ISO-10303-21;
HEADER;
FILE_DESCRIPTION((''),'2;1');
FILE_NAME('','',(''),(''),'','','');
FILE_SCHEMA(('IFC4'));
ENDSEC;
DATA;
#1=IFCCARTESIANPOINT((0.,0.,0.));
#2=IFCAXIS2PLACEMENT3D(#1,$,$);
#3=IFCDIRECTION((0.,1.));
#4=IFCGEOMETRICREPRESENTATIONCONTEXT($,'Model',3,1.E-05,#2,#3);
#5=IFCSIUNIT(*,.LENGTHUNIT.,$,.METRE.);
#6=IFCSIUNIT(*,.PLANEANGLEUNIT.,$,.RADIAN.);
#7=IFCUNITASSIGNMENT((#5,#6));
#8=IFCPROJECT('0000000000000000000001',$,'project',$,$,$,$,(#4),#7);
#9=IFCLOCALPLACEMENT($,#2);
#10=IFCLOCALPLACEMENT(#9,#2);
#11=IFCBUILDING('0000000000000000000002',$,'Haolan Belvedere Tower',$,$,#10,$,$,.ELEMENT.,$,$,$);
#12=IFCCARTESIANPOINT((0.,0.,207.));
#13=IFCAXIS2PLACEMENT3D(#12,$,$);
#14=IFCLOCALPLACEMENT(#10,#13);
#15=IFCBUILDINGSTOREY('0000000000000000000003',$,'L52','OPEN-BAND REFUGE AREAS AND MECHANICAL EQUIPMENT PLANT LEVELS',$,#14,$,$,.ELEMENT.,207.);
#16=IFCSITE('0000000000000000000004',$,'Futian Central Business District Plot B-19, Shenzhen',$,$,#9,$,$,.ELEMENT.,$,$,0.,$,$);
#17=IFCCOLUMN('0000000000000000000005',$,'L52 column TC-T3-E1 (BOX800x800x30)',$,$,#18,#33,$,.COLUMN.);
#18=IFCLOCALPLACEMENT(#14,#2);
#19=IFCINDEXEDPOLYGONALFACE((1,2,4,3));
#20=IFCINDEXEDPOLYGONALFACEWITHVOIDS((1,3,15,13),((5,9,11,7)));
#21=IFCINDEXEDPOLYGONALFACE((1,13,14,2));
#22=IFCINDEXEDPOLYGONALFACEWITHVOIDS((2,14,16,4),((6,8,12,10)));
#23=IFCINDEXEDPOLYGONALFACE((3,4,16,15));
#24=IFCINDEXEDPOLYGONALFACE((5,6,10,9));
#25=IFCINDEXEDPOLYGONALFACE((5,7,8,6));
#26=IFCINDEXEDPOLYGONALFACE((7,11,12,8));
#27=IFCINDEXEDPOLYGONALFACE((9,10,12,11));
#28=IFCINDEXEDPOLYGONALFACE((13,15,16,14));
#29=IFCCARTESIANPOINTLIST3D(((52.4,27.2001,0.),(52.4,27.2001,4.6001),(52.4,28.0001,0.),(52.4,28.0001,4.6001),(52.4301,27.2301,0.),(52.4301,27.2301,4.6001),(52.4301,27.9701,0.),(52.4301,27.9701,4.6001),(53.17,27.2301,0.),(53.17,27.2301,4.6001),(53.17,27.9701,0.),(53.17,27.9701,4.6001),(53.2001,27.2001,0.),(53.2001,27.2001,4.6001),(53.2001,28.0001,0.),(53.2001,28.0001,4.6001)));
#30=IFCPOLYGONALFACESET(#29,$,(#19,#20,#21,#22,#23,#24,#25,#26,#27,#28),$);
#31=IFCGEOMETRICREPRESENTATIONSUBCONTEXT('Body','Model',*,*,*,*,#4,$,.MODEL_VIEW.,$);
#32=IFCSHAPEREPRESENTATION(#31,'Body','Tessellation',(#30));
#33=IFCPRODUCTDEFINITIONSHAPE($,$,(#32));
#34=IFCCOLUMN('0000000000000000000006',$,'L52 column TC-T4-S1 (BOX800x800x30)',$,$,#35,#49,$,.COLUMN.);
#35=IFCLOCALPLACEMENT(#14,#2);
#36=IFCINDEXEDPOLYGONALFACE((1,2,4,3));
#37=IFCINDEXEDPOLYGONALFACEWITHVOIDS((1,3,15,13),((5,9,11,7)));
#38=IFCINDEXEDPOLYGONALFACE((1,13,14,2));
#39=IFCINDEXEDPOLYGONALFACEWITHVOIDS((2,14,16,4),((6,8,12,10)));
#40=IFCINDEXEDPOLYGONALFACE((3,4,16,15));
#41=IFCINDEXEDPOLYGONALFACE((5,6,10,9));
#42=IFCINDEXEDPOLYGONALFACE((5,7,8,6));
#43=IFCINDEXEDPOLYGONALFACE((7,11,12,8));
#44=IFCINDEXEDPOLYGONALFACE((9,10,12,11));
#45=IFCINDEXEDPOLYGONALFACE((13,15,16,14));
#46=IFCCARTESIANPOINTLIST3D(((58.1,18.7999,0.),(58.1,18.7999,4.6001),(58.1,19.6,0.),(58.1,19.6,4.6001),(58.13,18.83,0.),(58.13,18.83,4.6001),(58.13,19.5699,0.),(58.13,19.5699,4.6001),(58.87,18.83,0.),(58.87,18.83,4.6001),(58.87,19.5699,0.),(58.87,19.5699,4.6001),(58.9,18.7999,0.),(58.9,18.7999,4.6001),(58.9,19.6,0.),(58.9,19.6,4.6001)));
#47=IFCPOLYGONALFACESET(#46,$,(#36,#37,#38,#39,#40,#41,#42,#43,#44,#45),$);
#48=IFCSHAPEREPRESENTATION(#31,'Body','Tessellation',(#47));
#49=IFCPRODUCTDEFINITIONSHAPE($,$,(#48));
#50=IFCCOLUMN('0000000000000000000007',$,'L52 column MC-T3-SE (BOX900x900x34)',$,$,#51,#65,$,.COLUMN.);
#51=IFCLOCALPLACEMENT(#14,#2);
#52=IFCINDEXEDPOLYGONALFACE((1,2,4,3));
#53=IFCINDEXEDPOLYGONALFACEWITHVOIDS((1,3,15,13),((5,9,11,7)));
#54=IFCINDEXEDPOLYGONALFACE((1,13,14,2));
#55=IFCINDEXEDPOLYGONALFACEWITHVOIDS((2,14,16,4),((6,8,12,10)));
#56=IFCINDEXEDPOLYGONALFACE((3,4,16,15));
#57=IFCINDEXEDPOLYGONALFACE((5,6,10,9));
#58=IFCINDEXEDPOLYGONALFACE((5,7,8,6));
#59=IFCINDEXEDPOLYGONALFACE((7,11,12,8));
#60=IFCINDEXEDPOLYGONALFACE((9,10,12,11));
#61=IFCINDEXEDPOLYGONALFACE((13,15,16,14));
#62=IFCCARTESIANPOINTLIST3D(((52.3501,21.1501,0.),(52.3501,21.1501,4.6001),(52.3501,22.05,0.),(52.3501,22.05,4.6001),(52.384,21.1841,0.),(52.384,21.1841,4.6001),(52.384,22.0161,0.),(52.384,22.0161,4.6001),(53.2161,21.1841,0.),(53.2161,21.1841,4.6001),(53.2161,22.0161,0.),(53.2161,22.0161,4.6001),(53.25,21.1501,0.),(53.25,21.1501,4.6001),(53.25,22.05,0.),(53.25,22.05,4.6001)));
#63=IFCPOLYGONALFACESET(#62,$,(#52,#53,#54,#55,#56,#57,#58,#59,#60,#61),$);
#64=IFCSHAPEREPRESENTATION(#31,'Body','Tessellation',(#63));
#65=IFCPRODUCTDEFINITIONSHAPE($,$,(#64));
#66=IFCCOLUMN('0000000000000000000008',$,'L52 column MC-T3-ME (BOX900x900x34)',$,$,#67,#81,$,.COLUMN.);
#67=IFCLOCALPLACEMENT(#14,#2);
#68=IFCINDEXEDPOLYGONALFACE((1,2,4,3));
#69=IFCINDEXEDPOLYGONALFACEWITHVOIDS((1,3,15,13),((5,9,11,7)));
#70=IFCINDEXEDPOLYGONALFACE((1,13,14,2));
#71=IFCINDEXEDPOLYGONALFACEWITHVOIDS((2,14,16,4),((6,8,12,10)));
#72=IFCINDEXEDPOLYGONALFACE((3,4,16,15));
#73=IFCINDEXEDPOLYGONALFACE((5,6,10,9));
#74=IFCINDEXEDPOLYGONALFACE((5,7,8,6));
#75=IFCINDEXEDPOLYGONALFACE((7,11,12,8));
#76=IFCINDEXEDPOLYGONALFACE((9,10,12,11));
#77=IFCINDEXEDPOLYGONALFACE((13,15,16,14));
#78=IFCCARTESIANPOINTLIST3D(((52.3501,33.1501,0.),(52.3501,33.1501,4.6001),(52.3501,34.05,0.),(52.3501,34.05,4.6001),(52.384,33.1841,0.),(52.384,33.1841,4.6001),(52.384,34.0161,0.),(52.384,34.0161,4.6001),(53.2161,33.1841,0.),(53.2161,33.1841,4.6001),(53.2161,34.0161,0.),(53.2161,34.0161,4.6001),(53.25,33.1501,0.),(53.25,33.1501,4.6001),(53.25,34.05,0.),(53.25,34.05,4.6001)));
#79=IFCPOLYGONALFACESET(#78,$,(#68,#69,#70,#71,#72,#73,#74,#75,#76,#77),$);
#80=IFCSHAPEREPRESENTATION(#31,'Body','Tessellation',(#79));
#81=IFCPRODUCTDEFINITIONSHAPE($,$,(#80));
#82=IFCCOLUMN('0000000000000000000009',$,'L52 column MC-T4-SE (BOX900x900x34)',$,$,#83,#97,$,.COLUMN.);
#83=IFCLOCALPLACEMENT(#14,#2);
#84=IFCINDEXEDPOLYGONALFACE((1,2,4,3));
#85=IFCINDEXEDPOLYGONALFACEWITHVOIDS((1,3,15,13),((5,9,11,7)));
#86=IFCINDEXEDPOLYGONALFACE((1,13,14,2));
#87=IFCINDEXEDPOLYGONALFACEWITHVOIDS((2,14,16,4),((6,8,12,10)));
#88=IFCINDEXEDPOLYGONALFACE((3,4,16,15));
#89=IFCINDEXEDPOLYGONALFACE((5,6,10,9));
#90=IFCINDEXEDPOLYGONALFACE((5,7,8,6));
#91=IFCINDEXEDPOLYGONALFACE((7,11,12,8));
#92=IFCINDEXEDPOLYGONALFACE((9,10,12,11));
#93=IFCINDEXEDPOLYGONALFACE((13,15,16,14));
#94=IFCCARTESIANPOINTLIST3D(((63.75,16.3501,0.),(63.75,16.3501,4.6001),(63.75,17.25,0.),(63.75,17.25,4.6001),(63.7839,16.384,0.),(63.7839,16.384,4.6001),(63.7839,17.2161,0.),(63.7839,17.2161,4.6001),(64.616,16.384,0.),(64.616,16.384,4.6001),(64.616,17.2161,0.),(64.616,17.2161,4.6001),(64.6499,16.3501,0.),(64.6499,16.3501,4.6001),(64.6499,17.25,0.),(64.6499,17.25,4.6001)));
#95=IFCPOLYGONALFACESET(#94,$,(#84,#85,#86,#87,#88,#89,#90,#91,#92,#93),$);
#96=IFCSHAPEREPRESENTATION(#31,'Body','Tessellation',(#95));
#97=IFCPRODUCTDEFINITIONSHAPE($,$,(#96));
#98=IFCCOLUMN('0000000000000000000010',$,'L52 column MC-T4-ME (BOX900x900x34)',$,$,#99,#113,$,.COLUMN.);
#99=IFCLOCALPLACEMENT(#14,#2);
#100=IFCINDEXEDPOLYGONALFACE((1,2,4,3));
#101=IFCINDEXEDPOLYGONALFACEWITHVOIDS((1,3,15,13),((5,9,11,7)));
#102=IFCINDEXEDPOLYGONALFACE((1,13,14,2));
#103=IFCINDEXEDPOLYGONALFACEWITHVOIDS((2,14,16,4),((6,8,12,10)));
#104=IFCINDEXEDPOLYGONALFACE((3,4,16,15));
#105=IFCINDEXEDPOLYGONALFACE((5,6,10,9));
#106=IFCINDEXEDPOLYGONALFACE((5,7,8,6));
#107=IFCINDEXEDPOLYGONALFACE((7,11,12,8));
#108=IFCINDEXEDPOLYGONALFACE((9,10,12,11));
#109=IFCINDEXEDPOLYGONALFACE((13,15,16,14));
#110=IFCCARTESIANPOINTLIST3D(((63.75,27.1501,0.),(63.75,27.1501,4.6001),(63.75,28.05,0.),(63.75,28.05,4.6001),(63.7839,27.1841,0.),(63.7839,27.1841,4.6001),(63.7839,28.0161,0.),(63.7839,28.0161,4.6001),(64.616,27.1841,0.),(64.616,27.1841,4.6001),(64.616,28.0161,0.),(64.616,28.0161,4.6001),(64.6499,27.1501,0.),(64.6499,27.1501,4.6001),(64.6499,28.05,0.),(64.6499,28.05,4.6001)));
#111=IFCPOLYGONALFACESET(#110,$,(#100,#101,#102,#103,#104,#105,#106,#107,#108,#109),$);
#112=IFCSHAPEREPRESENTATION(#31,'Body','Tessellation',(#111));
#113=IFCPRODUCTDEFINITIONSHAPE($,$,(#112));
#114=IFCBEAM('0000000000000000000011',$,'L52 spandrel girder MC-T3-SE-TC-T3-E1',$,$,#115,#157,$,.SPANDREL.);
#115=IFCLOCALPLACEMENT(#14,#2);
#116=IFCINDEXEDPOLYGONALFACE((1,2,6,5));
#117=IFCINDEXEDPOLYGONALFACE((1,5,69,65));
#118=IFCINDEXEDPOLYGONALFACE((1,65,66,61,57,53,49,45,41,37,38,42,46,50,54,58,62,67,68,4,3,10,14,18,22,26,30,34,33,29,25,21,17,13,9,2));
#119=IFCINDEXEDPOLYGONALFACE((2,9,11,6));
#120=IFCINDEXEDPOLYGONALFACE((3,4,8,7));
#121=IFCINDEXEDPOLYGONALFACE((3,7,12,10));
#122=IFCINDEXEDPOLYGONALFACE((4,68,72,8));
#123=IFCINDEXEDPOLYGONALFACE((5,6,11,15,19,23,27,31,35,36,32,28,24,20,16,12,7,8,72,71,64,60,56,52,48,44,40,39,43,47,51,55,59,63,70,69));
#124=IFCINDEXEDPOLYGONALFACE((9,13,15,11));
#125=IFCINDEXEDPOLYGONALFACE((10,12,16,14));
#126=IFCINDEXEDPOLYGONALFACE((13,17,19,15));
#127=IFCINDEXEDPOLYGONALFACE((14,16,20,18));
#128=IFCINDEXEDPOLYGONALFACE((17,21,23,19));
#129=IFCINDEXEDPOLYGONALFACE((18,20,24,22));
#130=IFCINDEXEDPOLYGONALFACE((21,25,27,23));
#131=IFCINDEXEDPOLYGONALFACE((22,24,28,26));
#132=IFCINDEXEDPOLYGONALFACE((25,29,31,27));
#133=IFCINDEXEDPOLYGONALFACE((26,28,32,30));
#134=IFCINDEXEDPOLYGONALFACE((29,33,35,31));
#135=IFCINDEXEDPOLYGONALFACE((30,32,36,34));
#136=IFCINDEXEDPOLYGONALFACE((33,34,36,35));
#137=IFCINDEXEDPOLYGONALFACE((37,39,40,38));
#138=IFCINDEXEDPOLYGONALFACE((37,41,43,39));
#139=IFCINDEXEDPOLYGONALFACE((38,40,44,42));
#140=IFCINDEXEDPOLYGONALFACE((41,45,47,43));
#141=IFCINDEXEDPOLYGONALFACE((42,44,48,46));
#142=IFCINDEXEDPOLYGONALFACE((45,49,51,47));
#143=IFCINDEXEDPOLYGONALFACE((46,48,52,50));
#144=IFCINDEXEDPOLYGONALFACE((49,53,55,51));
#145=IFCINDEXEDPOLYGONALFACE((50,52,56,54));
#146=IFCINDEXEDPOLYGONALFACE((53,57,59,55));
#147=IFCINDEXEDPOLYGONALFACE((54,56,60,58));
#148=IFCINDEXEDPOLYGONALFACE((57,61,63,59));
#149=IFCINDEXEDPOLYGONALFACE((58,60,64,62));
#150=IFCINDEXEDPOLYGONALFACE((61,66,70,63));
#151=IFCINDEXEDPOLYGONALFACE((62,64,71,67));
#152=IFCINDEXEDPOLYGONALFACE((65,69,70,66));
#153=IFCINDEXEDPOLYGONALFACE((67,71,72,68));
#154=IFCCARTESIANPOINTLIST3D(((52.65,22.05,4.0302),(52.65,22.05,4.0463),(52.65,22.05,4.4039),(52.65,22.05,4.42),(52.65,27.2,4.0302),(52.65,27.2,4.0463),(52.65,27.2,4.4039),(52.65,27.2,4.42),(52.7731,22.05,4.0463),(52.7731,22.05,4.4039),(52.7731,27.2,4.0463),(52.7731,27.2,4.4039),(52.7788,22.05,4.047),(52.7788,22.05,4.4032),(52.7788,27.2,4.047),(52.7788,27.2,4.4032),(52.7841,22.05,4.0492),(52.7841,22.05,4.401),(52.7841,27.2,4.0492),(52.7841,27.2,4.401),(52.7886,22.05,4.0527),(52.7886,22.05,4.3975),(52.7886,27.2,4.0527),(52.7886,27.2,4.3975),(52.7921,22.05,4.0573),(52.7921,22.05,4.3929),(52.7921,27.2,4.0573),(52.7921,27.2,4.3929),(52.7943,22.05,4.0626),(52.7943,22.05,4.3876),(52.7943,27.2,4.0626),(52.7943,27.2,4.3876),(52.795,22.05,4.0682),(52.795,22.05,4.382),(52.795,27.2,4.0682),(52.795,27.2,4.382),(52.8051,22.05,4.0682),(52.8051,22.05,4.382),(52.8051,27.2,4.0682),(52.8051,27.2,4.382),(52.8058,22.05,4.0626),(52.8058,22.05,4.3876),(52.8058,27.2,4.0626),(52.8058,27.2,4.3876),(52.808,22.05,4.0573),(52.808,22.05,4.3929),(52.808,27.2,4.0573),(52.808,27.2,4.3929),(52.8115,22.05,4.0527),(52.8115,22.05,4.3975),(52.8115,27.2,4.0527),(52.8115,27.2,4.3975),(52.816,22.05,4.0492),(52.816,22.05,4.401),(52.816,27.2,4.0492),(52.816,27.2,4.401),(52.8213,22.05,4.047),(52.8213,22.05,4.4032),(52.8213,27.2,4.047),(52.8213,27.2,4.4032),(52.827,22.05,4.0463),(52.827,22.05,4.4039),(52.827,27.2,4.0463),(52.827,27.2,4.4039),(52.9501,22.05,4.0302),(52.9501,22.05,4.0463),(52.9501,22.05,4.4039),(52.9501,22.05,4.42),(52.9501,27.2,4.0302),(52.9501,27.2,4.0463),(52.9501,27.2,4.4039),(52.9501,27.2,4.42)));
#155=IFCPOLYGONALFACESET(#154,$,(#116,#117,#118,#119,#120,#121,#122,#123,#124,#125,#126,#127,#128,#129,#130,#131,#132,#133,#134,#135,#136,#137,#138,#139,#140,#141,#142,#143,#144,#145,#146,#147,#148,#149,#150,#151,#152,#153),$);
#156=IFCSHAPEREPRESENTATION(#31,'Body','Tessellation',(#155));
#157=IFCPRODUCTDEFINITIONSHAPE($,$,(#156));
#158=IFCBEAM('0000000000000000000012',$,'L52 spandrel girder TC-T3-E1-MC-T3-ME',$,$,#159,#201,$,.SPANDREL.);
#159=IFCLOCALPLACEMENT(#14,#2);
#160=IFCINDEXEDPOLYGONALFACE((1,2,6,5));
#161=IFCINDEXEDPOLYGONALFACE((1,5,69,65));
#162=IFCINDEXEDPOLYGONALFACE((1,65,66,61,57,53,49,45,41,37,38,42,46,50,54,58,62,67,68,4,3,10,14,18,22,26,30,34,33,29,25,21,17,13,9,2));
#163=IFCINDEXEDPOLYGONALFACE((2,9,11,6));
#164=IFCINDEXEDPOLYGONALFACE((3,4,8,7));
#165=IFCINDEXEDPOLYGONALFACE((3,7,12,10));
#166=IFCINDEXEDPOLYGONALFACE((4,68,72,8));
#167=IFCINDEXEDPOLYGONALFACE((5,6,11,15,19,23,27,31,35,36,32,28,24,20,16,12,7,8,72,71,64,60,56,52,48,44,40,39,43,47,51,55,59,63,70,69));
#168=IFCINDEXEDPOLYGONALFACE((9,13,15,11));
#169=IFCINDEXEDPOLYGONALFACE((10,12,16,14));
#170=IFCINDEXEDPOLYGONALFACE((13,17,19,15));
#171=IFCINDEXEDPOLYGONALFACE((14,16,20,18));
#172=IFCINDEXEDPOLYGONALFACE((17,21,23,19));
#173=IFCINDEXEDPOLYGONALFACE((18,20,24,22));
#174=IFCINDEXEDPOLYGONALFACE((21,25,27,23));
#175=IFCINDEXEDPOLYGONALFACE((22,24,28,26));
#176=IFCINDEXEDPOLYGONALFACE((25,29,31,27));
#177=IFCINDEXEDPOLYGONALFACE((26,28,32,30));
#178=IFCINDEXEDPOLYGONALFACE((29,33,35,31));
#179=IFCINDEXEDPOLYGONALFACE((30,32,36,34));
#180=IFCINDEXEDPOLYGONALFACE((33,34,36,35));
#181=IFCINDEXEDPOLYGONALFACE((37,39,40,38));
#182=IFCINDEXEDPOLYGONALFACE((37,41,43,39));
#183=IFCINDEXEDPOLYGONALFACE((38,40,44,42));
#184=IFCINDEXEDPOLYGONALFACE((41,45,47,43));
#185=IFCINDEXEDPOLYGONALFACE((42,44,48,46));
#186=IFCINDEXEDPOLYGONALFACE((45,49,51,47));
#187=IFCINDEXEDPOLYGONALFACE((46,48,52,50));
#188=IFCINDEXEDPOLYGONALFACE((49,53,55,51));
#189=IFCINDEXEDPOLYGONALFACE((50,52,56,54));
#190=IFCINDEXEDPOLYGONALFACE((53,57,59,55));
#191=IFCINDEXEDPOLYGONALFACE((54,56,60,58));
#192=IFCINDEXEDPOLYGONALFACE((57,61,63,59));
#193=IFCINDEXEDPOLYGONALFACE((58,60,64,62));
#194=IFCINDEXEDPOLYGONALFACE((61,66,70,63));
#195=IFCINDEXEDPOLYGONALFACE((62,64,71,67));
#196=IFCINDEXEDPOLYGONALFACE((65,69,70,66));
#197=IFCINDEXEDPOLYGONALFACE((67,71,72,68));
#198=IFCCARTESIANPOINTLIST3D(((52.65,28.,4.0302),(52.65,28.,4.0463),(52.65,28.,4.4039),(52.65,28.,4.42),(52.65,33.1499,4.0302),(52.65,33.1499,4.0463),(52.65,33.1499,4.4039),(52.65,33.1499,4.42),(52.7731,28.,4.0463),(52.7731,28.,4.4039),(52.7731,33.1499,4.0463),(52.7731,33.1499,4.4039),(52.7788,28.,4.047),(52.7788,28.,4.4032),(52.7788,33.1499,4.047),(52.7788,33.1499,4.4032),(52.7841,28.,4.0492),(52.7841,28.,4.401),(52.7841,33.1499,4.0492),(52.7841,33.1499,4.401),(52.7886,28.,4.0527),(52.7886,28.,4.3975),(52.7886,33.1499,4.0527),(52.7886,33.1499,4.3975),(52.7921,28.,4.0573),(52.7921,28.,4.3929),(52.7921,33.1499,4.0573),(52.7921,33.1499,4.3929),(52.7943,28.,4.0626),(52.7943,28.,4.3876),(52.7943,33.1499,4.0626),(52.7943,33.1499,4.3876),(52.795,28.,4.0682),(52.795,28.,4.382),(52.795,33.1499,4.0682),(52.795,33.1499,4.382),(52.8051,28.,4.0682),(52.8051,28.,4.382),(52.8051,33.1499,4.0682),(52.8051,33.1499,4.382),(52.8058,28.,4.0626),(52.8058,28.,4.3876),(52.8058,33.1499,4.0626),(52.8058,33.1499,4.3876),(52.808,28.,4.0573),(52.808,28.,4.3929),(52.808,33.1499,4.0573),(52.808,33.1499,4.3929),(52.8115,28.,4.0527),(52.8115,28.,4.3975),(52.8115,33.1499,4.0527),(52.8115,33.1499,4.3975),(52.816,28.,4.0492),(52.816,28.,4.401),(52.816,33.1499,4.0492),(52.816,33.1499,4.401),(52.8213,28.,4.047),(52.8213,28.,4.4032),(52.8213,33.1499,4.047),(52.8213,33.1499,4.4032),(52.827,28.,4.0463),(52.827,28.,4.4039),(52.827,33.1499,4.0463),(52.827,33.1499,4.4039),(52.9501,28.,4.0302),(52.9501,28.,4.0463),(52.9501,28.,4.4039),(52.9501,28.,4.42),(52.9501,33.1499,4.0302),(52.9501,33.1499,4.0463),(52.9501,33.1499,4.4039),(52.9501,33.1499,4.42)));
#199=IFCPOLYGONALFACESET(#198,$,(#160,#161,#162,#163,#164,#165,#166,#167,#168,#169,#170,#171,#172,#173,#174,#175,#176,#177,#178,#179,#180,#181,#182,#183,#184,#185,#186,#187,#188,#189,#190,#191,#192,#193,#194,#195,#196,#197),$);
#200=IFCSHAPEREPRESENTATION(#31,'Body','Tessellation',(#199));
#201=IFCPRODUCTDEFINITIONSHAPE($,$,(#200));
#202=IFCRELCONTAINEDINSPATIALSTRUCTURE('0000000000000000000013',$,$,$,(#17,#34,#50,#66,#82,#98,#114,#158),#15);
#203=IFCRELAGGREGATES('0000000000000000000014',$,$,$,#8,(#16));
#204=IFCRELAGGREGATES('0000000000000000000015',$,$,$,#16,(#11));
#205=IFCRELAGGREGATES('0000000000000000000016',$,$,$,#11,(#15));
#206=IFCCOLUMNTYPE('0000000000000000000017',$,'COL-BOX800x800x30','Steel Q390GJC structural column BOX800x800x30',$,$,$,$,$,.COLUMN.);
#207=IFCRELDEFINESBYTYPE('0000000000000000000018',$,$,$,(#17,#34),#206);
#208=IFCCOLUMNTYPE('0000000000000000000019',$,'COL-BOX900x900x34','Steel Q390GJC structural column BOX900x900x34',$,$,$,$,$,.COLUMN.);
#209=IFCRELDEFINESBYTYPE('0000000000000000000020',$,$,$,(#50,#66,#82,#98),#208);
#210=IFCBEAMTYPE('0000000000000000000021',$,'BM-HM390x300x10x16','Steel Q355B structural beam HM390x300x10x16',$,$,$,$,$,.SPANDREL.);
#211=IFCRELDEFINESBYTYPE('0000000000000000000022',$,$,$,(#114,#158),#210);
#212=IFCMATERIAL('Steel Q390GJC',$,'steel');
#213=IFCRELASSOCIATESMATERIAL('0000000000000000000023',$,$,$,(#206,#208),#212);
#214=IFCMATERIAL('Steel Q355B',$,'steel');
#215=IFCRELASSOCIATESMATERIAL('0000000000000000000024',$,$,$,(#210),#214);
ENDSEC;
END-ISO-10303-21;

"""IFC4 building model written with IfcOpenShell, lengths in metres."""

from ifc_helpers import new_model, si_unit, direction, frame, origin, origin_2d, place, context, subcontext, project, spatial, hollow_rectangle, i_section, extrude, material, material_profile, profile_set, type_object, element, save


model = new_model("IFC4")

# Units and contexts
model_context = context("Model", 3, precision=1e-05, world=origin(), true_north=direction((0.0, 1.0)))
body_context = subcontext(model_context, "Body", "Model", "MODEL_VIEW")
ifc_project = project(units=[si_unit("LENGTHUNIT", "METRE"), si_unit("PLANEANGLEUNIT", "RADIAN")], contexts=[model_context])

# Site, building, storey
site_placement = place(None, origin())
site = spatial("IfcSite", under=ifc_project, at=site_placement, Name="Futian Central Business District Plot B-19, Shenzhen", CompositionType="ELEMENT", RefElevation=0.0)
building_placement = place(site_placement, origin())
building = spatial("IfcBuilding", under=site, at=building_placement, Name="Haolan Belvedere Tower", CompositionType="ELEMENT")
storey_placement = place(building_placement, frame((0.0, 0.0, 207.0)))
storey = spatial("IfcBuildingStorey", under=building, at=storey_placement, Name="L52", Description="OPEN-BAND REFUGE AREAS AND MECHANICAL EQUIPMENT PLANT LEVELS", CompositionType="ELEMENT", Elevation=207.0)

# Columns
ifc_material_1 = material(Name="Steel Q390GJC", Category="steel")
ifc_material_profile_1 = material_profile(ifc_material_1, hollow_rectangle(XDim=0.8, YDim=0.8, WallThickness=0.03, at=origin_2d()), Name="Steel Q390GJC")
ifc_profile_set_1 = profile_set([ifc_material_profile_1], Name="Steel Q390GJC")
column_type_1 = type_object("IfcColumnType", Name="COL-BOX800x800x30", Description="Steel Q390GJC structural column BOX800x800x30", PredefinedType="COLUMN", material=ifc_profile_set_1)
for number, where, z_axis, x_axis, name in (
    (1, (52.8, 27.6001, 0.0), (0.0, 0.0, 1.0), (1.0, 0.0, 0.0), "L52 column TC-T3-E1 (BOX800x800x30)"),
    (2, (58.5, 19.2, 0.0), (0.0, 0.0, 1.0), (1.0, 0.0, 0.0), "L52 column TC-T4-S1 (BOX800x800x30)"),
):
    element("IfcColumn", number, at=place(storey_placement, frame(where, z_axis=z_axis, x_axis=x_axis)), inside=storey, type_object=column_type_1, Name=name, PredefinedType="COLUMN", context=body_context, shape_type="SweptSolid", body=[
        extrude(hollow_rectangle(XDim=0.8, YDim=0.8, WallThickness=0.03, at=origin_2d()), origin(), (0.0, 0.0, 1.0), 4.6001),
    ])
ifc_material_profile_2 = material_profile(ifc_material_1, hollow_rectangle(XDim=0.8999, YDim=0.8999, WallThickness=0.0339, at=origin_2d()), Name="Steel Q390GJC")
ifc_profile_set_2 = profile_set([ifc_material_profile_2], Name="Steel Q390GJC")
column_type_2 = type_object("IfcColumnType", Name="COL-BOX900x900x34", Description="Steel Q390GJC structural column BOX900x900x34", PredefinedType="COLUMN", material=ifc_profile_set_2)
for number, where, z_axis, x_axis, name in (
    (3, (52.8, 21.6001, 0.0), (0.0, 0.0, 1.0), (1.0, 0.0, 0.0), "L52 column MC-T3-SE (BOX900x900x34)"),
    (4, (52.8, 33.6001, 0.0), (0.0, 0.0, 1.0), (1.0, 0.0, 0.0), "L52 column MC-T3-ME (BOX900x900x34)"),
    (5, (64.2, 16.8, 0.0), (0.0, 0.0, 1.0), (1.0, 0.0, 0.0), "L52 column MC-T4-SE (BOX900x900x34)"),
    (6, (64.2, 27.6001, 0.0), (0.0, 0.0, 1.0), (1.0, 0.0, 0.0), "L52 column MC-T4-ME (BOX900x900x34)"),
):
    element("IfcColumn", number, at=place(storey_placement, frame(where, z_axis=z_axis, x_axis=x_axis)), inside=storey, type_object=column_type_2, Name=name, PredefinedType="COLUMN", context=body_context, shape_type="SweptSolid", body=[
        extrude(hollow_rectangle(XDim=0.8999, YDim=0.8999, WallThickness=0.0339, at=origin_2d()), origin(), (0.0, 0.0, 1.0), 4.6001),
    ])

# Beams
ifc_material_2 = material(Name="Steel Q355B", Category="steel")
ifc_material_profile_3 = material_profile(ifc_material_2, i_section(OverallWidth=0.3, OverallDepth=0.3899, WebThickness=0.01, FlangeThickness=0.0161, FilletRadius=0.022, at=origin_2d()), Name="Steel Q355B")
ifc_profile_set_3 = profile_set([ifc_material_profile_3], Name="Steel Q355B")
beam_type_1 = type_object("IfcBeamType", Name="BM-HM390x300x10x16", Description="Steel Q355B structural beam HM390x300x10x16", PredefinedType="SPANDREL", material=ifc_profile_set_3)
for number, where, z_axis, x_axis, name in (
    (7, (52.8, 22.05, 4.2251), (0.0, 1.0, 0.0), (-1.0, 0.0, 0.0), "L52 spandrel girder MC-T3-SE-TC-T3-E1"),
    (8, (52.8, 28.0, 4.2251), (0.0, 1.0, 0.0), (-1.0, 0.0, 0.0), "L52 spandrel girder TC-T3-E1-MC-T3-ME"),
):
    element("IfcBeam", number, at=place(storey_placement, frame(where, z_axis=z_axis, x_axis=x_axis)), inside=storey, type_object=beam_type_1, Name=name, PredefinedType="SPANDREL", context=body_context, shape_type="SweptSolid", body=[
        extrude(i_section(OverallWidth=0.3, OverallDepth=0.3899, WebThickness=0.01, FlangeThickness=0.0161, FilletRadius=0.022, at=origin_2d()), origin(), (0.0, 0.0, 1.0), 5.1499),
    ])

save(model, "model.ifc")
